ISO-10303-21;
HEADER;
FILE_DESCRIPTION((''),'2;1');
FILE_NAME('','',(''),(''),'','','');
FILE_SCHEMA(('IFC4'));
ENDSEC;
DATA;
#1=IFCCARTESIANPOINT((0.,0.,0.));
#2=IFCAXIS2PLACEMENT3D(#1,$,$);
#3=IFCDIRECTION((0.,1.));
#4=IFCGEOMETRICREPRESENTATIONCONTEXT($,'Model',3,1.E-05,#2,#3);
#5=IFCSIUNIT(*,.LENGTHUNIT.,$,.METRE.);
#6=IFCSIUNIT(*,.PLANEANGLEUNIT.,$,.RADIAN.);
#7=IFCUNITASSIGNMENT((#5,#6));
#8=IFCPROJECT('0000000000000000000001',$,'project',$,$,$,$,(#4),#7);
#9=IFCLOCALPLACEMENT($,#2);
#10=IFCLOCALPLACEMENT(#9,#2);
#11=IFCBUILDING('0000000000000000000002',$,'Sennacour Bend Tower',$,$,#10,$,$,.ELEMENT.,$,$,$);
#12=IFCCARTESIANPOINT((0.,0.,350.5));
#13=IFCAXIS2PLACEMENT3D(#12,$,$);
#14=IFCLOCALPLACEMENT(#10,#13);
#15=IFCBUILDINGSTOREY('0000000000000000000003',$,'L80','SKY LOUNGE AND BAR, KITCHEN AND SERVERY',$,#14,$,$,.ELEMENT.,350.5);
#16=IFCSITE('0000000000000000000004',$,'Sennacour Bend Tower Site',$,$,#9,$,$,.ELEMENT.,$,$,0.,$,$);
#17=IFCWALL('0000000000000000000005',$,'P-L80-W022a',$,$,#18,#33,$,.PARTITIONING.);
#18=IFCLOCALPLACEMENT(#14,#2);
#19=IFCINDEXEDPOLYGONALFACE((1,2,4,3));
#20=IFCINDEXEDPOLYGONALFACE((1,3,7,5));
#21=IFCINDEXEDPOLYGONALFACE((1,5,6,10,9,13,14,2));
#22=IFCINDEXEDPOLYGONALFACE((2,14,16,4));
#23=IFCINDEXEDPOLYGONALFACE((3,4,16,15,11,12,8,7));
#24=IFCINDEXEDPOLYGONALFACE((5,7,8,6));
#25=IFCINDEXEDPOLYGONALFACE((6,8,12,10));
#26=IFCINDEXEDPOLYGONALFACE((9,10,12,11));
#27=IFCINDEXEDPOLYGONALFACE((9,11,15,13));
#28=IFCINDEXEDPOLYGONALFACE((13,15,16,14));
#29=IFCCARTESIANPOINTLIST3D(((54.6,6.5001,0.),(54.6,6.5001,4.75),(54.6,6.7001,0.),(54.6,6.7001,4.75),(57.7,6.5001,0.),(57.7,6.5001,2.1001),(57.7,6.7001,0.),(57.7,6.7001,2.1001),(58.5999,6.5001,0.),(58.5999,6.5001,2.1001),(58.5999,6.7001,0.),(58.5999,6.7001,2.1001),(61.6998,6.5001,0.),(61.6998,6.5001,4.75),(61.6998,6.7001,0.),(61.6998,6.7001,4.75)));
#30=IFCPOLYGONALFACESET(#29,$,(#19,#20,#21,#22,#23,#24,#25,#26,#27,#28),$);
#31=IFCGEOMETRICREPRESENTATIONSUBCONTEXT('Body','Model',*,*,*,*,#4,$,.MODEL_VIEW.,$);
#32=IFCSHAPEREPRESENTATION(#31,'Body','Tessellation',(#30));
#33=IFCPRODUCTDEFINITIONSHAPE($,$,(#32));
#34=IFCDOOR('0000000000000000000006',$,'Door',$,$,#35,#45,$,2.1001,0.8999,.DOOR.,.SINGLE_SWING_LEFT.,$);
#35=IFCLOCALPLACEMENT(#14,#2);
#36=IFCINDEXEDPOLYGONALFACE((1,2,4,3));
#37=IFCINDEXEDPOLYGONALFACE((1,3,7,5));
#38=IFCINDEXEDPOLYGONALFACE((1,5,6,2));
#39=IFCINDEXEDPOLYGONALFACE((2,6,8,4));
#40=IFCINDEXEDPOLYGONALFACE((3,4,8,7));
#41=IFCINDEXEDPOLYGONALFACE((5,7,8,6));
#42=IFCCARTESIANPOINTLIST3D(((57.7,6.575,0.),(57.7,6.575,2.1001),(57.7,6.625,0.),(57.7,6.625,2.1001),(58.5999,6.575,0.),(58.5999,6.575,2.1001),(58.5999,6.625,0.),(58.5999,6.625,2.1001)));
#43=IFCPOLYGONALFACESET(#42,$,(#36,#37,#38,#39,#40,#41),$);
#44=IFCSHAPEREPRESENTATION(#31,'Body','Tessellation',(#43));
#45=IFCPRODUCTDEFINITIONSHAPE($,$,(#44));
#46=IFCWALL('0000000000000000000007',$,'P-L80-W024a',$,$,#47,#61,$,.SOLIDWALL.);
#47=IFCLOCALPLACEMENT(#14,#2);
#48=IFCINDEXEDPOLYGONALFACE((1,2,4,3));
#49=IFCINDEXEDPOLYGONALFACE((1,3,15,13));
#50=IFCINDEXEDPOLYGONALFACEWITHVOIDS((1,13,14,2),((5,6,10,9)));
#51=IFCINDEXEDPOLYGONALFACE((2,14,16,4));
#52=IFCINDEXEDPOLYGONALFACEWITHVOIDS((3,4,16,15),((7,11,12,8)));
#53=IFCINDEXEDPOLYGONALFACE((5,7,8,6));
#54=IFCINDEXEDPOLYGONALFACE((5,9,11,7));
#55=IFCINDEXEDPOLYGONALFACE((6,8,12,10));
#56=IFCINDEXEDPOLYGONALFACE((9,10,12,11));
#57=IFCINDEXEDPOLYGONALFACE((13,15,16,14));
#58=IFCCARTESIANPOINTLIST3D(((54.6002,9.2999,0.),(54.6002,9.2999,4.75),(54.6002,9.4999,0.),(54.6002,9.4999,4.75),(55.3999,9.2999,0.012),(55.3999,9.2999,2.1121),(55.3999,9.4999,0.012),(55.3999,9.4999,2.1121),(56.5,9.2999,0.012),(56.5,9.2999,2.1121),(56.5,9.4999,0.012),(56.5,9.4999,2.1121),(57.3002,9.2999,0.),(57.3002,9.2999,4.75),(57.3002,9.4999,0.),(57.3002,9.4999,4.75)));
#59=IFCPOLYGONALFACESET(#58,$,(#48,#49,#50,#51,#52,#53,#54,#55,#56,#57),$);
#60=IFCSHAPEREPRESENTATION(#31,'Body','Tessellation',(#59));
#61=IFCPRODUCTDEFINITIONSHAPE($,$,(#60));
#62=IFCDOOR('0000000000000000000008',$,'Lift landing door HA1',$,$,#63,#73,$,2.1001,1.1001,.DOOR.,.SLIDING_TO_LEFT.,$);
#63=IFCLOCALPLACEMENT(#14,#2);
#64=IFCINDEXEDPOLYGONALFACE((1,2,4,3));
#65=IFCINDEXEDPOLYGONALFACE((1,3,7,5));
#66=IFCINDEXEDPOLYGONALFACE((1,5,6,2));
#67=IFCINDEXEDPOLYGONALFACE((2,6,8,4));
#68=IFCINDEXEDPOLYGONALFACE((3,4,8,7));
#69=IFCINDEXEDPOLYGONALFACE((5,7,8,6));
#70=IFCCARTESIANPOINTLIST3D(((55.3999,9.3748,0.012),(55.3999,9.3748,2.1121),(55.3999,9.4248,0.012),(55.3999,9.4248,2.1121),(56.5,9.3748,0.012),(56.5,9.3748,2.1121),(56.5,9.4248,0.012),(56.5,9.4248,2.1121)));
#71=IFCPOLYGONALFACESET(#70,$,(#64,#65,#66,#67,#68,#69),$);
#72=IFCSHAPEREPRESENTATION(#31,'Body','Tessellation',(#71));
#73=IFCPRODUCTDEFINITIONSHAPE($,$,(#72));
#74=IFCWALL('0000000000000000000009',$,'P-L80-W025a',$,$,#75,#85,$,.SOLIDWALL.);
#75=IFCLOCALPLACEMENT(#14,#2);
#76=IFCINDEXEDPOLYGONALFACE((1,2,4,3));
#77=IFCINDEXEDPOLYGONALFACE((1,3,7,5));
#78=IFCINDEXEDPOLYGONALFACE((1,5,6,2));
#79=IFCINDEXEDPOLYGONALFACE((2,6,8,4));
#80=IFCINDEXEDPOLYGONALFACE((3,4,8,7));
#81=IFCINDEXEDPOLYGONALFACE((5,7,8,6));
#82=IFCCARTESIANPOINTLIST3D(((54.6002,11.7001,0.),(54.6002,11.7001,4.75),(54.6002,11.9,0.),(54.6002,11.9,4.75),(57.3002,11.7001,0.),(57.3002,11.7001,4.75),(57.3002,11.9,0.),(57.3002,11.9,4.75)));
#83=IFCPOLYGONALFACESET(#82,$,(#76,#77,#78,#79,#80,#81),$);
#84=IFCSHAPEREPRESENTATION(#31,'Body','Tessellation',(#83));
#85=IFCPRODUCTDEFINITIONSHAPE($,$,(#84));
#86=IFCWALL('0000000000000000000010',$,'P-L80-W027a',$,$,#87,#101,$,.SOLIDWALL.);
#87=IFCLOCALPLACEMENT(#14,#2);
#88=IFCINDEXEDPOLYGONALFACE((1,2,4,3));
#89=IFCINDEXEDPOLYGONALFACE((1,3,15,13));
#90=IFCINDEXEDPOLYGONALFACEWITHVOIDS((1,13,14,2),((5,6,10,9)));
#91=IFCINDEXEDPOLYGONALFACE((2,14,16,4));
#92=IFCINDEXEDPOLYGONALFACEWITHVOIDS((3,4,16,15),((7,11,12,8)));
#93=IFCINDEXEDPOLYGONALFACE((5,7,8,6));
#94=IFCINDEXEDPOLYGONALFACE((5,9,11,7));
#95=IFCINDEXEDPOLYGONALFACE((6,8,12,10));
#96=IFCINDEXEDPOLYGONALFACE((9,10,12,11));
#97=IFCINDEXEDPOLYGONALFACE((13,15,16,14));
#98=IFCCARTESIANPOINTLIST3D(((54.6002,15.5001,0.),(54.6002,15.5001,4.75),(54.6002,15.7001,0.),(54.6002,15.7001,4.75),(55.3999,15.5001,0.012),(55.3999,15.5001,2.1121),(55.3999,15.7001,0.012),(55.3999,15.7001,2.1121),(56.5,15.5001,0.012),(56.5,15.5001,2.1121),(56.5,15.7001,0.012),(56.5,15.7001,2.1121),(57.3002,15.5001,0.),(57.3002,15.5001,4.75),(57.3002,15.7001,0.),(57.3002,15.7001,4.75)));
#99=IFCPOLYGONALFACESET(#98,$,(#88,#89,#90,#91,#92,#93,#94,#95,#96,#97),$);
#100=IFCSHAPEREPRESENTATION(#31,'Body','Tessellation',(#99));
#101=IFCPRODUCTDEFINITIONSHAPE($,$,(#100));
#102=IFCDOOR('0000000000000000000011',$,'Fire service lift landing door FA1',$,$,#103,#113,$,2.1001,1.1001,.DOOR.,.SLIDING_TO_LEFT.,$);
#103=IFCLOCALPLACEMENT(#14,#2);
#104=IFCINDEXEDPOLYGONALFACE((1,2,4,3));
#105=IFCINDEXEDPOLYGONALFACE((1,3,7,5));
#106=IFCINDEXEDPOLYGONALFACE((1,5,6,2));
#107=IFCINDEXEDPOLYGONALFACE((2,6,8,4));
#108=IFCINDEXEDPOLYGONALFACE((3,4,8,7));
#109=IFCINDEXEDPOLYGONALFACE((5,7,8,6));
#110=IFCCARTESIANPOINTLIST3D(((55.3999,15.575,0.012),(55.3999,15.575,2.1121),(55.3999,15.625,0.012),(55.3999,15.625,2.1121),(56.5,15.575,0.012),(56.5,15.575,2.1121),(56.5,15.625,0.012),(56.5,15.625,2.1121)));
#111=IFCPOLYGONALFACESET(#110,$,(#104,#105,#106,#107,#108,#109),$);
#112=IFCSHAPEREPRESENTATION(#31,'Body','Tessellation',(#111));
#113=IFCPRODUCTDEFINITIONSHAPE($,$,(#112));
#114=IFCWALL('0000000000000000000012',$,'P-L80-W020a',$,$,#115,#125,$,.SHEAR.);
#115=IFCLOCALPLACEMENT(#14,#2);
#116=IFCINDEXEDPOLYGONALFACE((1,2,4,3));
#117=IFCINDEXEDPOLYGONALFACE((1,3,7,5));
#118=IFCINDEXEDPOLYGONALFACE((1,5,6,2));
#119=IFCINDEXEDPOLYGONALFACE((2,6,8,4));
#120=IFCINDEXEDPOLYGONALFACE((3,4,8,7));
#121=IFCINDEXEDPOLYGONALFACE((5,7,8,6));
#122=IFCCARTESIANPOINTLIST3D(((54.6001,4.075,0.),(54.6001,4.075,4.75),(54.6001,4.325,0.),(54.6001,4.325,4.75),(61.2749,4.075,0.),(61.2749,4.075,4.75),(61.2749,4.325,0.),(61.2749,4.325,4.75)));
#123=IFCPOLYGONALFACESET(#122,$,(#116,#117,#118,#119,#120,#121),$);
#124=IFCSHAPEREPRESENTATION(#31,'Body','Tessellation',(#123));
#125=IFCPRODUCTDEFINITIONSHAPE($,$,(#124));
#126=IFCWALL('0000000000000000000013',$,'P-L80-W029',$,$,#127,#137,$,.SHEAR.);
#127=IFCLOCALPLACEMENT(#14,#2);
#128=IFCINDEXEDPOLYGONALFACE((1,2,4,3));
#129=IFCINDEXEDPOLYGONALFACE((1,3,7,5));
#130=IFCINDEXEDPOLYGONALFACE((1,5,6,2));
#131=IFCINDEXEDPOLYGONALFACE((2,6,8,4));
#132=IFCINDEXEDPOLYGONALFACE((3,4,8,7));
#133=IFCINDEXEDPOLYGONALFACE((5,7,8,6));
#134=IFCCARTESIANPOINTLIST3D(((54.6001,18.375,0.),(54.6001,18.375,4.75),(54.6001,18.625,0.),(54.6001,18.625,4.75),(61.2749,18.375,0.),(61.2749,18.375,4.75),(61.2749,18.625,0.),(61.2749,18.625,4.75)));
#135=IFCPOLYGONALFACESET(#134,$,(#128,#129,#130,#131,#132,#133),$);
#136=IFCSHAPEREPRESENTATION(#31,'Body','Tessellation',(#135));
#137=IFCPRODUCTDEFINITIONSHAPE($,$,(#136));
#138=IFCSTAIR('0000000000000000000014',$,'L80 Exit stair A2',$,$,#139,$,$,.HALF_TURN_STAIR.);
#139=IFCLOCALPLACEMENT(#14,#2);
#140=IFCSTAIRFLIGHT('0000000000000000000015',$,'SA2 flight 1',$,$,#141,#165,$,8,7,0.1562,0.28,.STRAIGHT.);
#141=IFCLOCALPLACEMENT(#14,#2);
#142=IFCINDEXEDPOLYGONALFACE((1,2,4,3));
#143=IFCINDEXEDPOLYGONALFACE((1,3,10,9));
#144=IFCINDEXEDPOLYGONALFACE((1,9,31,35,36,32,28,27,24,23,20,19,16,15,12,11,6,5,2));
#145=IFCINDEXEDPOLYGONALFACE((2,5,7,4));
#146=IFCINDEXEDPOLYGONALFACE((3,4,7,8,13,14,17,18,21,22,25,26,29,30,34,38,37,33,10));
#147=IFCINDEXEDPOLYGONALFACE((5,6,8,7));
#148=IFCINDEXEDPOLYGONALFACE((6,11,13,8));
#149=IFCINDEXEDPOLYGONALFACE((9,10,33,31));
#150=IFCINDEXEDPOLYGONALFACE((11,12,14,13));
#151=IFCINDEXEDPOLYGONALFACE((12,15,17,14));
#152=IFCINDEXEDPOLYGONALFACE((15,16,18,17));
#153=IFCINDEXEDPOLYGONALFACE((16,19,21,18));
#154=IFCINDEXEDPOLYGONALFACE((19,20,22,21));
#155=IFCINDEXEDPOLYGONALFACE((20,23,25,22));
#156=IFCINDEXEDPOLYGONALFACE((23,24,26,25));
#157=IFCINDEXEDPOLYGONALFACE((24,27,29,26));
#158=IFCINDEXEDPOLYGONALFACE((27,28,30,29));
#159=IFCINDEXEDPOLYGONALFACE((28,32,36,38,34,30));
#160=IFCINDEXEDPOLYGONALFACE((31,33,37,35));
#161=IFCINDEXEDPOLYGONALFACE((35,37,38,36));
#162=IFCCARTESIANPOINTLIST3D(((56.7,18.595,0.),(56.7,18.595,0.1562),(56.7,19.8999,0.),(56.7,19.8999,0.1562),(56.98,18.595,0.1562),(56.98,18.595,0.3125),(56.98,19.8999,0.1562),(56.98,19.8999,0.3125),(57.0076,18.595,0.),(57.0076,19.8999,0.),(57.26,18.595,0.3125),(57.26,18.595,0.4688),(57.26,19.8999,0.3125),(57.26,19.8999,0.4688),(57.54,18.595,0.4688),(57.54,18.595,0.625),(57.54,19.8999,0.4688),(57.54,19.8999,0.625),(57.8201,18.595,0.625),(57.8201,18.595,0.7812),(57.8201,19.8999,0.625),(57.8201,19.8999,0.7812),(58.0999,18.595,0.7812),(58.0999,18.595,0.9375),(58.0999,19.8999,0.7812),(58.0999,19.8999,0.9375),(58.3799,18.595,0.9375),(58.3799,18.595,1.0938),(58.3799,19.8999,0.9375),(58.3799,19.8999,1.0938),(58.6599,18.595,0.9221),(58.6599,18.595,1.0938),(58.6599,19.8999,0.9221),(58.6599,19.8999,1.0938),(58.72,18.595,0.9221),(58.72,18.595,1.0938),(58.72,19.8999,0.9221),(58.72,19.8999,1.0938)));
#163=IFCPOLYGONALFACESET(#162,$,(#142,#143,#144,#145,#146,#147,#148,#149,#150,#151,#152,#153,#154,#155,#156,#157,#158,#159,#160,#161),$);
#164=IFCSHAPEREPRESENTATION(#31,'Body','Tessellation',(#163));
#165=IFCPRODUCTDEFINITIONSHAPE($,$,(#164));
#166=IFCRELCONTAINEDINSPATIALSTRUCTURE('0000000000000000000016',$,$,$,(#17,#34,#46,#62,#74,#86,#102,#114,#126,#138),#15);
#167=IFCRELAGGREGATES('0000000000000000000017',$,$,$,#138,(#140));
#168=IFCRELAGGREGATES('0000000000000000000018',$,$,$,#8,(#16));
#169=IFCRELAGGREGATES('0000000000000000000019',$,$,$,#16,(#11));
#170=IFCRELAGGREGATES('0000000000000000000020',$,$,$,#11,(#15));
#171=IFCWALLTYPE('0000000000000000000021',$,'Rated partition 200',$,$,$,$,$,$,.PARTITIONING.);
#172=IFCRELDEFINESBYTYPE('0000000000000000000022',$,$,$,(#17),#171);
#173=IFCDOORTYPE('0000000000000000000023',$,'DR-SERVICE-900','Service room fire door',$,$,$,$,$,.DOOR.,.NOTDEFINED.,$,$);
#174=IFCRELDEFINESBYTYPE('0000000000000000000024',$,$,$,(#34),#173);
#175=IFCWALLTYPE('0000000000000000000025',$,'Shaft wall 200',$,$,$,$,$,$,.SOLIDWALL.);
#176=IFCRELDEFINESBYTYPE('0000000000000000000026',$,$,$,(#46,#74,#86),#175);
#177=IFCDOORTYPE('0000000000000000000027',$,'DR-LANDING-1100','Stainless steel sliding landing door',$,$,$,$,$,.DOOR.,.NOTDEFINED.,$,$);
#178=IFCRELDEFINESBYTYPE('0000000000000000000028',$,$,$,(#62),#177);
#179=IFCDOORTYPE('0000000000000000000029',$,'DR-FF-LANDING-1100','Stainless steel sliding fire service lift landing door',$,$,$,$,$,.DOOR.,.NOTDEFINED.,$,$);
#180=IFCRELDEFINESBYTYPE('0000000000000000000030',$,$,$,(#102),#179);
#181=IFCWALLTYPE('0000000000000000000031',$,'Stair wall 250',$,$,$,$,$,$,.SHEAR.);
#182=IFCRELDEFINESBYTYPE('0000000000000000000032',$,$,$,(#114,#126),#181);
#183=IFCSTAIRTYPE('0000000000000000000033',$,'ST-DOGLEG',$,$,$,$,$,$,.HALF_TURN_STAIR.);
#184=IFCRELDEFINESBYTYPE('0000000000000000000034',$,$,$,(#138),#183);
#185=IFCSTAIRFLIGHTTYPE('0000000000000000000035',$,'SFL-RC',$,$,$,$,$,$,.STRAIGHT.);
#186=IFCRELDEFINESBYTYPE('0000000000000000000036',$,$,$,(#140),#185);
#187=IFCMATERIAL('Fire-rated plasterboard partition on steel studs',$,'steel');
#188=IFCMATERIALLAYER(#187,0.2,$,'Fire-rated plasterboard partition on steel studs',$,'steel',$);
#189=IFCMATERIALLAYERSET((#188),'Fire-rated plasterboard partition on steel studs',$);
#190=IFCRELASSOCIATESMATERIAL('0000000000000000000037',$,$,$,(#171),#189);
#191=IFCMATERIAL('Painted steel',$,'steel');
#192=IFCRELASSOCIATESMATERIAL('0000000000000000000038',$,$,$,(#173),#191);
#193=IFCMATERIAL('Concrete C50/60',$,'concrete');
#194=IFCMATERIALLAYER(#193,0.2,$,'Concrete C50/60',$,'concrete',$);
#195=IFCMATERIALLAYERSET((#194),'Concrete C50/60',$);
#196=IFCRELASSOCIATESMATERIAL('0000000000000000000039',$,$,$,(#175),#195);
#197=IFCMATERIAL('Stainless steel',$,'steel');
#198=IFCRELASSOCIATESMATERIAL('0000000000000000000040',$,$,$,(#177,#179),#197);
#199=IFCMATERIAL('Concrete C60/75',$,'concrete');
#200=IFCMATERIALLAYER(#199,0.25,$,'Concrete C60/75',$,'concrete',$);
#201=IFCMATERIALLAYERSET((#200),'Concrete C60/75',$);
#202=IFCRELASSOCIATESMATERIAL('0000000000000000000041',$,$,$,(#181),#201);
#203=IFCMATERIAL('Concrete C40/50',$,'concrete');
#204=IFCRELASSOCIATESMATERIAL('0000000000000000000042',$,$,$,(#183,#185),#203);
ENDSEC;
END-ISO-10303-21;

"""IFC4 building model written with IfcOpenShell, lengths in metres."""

from ifc_helpers import new_model, si_unit, direction, frame, frame_2d, origin, place, context, subcontext, project, spatial, polyline, rectangle, outline, extrude, material, layer, layer_set, type_object, element, fill, aggregate, save


model = new_model("IFC4")

# Units and contexts
model_context = context("Model", 3, precision=1e-05, world=origin(), true_north=direction((0.0, 1.0)))
body_context = subcontext(model_context, "Body", "Model", "MODEL_VIEW")
ifc_project = project(units=[si_unit("LENGTHUNIT", "METRE"), si_unit("PLANEANGLEUNIT", "RADIAN")], contexts=[model_context])

# Site, building, storey
site_placement = place(None, origin())
site = spatial("IfcSite", under=ifc_project, at=site_placement, Name="Sennacour Bend Tower Site", CompositionType="ELEMENT", RefElevation=0.0)
building_placement = place(site_placement, origin())
building = spatial("IfcBuilding", under=site, at=building_placement, Name="Sennacour Bend Tower", CompositionType="ELEMENT")
storey_placement = place(building_placement, frame((0.0, 0.0, 350.5)))
storey = spatial("IfcBuildingStorey", under=building, at=storey_placement, Name="L80", Description="SKY LOUNGE AND BAR, KITCHEN AND SERVERY", CompositionType="ELEMENT", Elevation=350.5)

# Walls, openings, doors
ifc_material_1 = material(Name="Fire-rated plasterboard partition on steel studs", Category="steel")
ifc_layer_1 = layer(ifc_material_1, 0.2, Name="Fire-rated plasterboard partition on steel studs", Category="steel")
ifc_layer_set_1 = layer_set([ifc_layer_1], Name="Fire-rated plasterboard partition on steel studs")
wall_type_1 = type_object("IfcWallType", Name="Rated partition 200", PredefinedType="PARTITIONING", material=ifc_layer_set_1)
wall_1_placement = place(storey_placement, frame((54.6001, 6.6001, 0.0), z_axis=(0.0, 0.0, 1.0), x_axis=(1.0, 0.0, 0.0)))
wall_1 = element("IfcWall", 1, at=wall_1_placement, inside=storey, type_object=wall_type_1, Name="P-L80-W022a", PredefinedType="PARTITIONING", context=body_context, shape_type="SweptSolid", body=[
    extrude(rectangle(XDim=7.0999, YDim=0.2, at=frame_2d((3.5498, 0.0))), origin(), (0.0, 0.0, 1.0), 4.75),
])
opening_1_placement = place(wall_1_placement, frame((3.0999, 0.0, 0.0)))
opening_1 = element("IfcOpeningElement", 2, at=opening_1_placement, cuts=wall_1, PredefinedType="OPENING", context=body_context, shape_type="SweptSolid", body=[
    extrude(rectangle(XDim=0.8999, YDim=2.1001, at=frame_2d((0.45, 1.05))), frame((0.0, 0.1099, 0.0), z_axis=(0.0, -1.0, 0.0), x_axis=(1.0, 0.0, 0.0)), (0.0, 0.0, 1.0), 0.22),
])
ifc_material_2 = material(Name="Painted steel", Category="steel")
door_type_1 = type_object("IfcDoorType", Name="DR-SERVICE-900", Description="Service room fire door", OperationType="NOTDEFINED", PredefinedType="DOOR", material=ifc_material_2)
door_1_placement = place(opening_1_placement, origin())
door_1 = element("IfcDoor", 3, at=door_1_placement, inside=storey, type_object=door_type_1, Name="Door", OperationType="SINGLE_SWING_LEFT", OverallHeight=2.1001, OverallWidth=0.8999, PredefinedType="DOOR", context=body_context, shape_type="SweptSolid", body=[
    extrude(rectangle(XDim=0.8999, YDim=2.1001, at=frame_2d((0.45, 1.05))), frame((0.0, 0.0249, 0.0), z_axis=(0.0, -1.0, 0.0), x_axis=(1.0, 0.0, 0.0)), (0.0, 0.0, 1.0), 0.05),
])
fill(opening_1, door_1)
ifc_material_3 = material(Name="Concrete C50/60", Category="concrete")
ifc_layer_2 = layer(ifc_material_3, 0.2, Name="Concrete C50/60", Category="concrete")
ifc_layer_set_2 = layer_set([ifc_layer_2], Name="Concrete C50/60")
wall_type_2 = type_object("IfcWallType", Name="Shaft wall 200", PredefinedType="SOLIDWALL", material=ifc_layer_set_2)
wall_2_placement = place(storey_placement, frame((54.6001, 9.3999, 0.0), z_axis=(0.0, 0.0, 1.0), x_axis=(1.0, 0.0, 0.0)))
wall_2 = element("IfcWall", 4, at=wall_2_placement, inside=storey, type_object=wall_type_2, Name="P-L80-W024a", PredefinedType="SOLIDWALL", context=body_context, shape_type="SweptSolid", body=[
    extrude(rectangle(XDim=2.7, YDim=0.2, at=frame_2d((1.3501, 0.0))), origin(), (0.0, 0.0, 1.0), 4.75),
])
opening_2_placement = place(wall_2_placement, frame((0.7998, 0.0, 0.012)))
opening_2 = element("IfcOpeningElement", 5, at=opening_2_placement, cuts=wall_2, PredefinedType="OPENING", context=body_context, shape_type="SweptSolid", body=[
    extrude(rectangle(XDim=1.1001, YDim=2.1001, at=frame_2d((0.55, 1.05))), frame((0.0, 0.1099, 0.0), z_axis=(0.0, -1.0, 0.0), x_axis=(1.0, 0.0, 0.0)), (0.0, 0.0, 1.0), 0.22),
])
ifc_material_4 = material(Name="Stainless steel", Category="steel")
door_type_2 = type_object("IfcDoorType", Name="DR-LANDING-1100", Description="Stainless steel sliding landing door", OperationType="NOTDEFINED", PredefinedType="DOOR", material=ifc_material_4)
door_2_placement = place(opening_2_placement, origin())
door_2 = element("IfcDoor", 6, at=door_2_placement, inside=storey, type_object=door_type_2, Name="Lift landing door HA1", OperationType="SLIDING_TO_LEFT", OverallHeight=2.1001, OverallWidth=1.1001, PredefinedType="DOOR", context=body_context, shape_type="SweptSolid", body=[
    extrude(rectangle(XDim=1.1001, YDim=2.1001, at=frame_2d((0.55, 1.05))), frame((0.0, 0.0249, 0.0), z_axis=(0.0, -1.0, 0.0), x_axis=(1.0, 0.0, 0.0)), (0.0, 0.0, 1.0), 0.05),
])
fill(opening_2, door_2)

# Wall
wall_3_placement = place(storey_placement, frame((54.6001, 11.8, 0.0), z_axis=(0.0, 0.0, 1.0), x_axis=(1.0, 0.0, 0.0)))
element("IfcWall", 7, at=wall_3_placement, inside=storey, type_object=wall_type_2, Name="P-L80-W025a", PredefinedType="SOLIDWALL", context=body_context, shape_type="SweptSolid", body=[
    extrude(rectangle(XDim=2.7, YDim=0.2, at=frame_2d((1.3501, 0.0))), origin(), (0.0, 0.0, 1.0), 4.75),
])

# Wall, opening, door
wall_4_placement = place(storey_placement, frame((54.6001, 15.6001, 0.0), z_axis=(0.0, 0.0, 1.0), x_axis=(1.0, 0.0, 0.0)))
wall_4 = element("IfcWall", 8, at=wall_4_placement, inside=storey, type_object=wall_type_2, Name="P-L80-W027a", PredefinedType="SOLIDWALL", context=body_context, shape_type="SweptSolid", body=[
    extrude(rectangle(XDim=2.7, YDim=0.2, at=frame_2d((1.3501, 0.0))), origin(), (0.0, 0.0, 1.0), 4.75),
])
opening_3_placement = place(wall_4_placement, frame((0.7998, 0.0, 0.012)))
opening_3 = element("IfcOpeningElement", 9, at=opening_3_placement, cuts=wall_4, PredefinedType="OPENING", context=body_context, shape_type="SweptSolid", body=[
    extrude(rectangle(XDim=1.1001, YDim=2.1001, at=frame_2d((0.55, 1.05))), frame((0.0, 0.1099, 0.0), z_axis=(0.0, -1.0, 0.0), x_axis=(1.0, 0.0, 0.0)), (0.0, 0.0, 1.0), 0.22),
])
door_type_3 = type_object("IfcDoorType", Name="DR-FF-LANDING-1100", Description="Stainless steel sliding fire service lift landing door", OperationType="NOTDEFINED", PredefinedType="DOOR", material=ifc_material_4)
door_3_placement = place(opening_3_placement, origin())
door_3 = element("IfcDoor", 10, at=door_3_placement, inside=storey, type_object=door_type_3, Name="Fire service lift landing door FA1", OperationType="SLIDING_TO_LEFT", OverallHeight=2.1001, OverallWidth=1.1001, PredefinedType="DOOR", context=body_context, shape_type="SweptSolid", body=[
    extrude(rectangle(XDim=1.1001, YDim=2.1001, at=frame_2d((0.55, 1.05))), frame((0.0, 0.0249, 0.0), z_axis=(0.0, -1.0, 0.0), x_axis=(1.0, 0.0, 0.0)), (0.0, 0.0, 1.0), 0.05),
])
fill(opening_3, door_3)

# Walls
ifc_material_5 = material(Name="Concrete C60/75", Category="concrete")
ifc_layer_3 = layer(ifc_material_5, 0.25, Name="Concrete C60/75", Category="concrete")
ifc_layer_set_3 = layer_set([ifc_layer_3], Name="Concrete C60/75")
wall_type_3 = type_object("IfcWallType", Name="Stair wall 250", PredefinedType="SHEAR", material=ifc_layer_set_3)
for number, where, z_axis, x_axis, name in (
    (11, (54.6001, 4.2, 0.0), (0.0, 0.0, 1.0), (1.0, 0.0, 0.0), "P-L80-W020a"),
    (12, (54.6001, 18.5, 0.0), (0.0, 0.0, 1.0), (1.0, 0.0, 0.0), "P-L80-W029"),
):
    element("IfcWall", number, at=place(storey_placement, frame(where, z_axis=z_axis, x_axis=x_axis)), inside=storey, type_object=wall_type_3, Name=name, PredefinedType="SHEAR", context=body_context, shape_type="SweptSolid", body=[
        extrude(rectangle(XDim=6.6748, YDim=0.25, at=frame_2d((3.3374, 0.0))), origin(), (0.0, 0.0, 1.0), 4.75),
    ])

# Stair, stair flight
ifc_material_6 = material(Name="Concrete C40/50", Category="concrete")
stair_type = type_object("IfcStairType", Name="ST-DOGLEG", PredefinedType="HALF_TURN_STAIR", material=ifc_material_6)
stair_placement = place(storey_placement, origin())
stair = element("IfcStair", 13, at=stair_placement, inside=storey, type_object=stair_type, Name="L80 Exit stair A2", PredefinedType="HALF_TURN_STAIR")
stair_flight_type = type_object("IfcStairFlightType", Name="SFL-RC", PredefinedType="STRAIGHT", material=ifc_material_6)
stair_flight_placement = place(storey_placement, frame((56.7, 19.2476, 0.0), z_axis=(0.0, 0.0, 1.0), x_axis=(1.0, 0.0, 0.0)))
stair_flight = element("IfcStairFlight", 14, at=stair_flight_placement, type_object=stair_flight_type, Name="SA2 flight 1", NumberOfRisers=8, NumberOfTreads=7, PredefinedType="STRAIGHT", RiserHeight=0.1562, TreadLength=0.28, context=body_context, shape_type="SweptSolid", body=[
    extrude(outline(polyline([(0.0, 0.0), (0.0, 0.1562), (0.28, 0.1562), (0.28, 0.3125), (0.5601, 0.3125), (0.5601, 0.4688), (0.8401, 0.4688), (0.8401, 0.625), (1.1201, 0.625), (1.1201, 0.7812), (1.3999, 0.7812), (1.3999, 0.9375), (1.6799, 0.9375), (1.6799, 1.0938), (1.96, 1.0938), (2.02, 1.0938), (2.02, 0.9221), (1.96, 0.9221), (0.3076, 0.0), (0.0, 0.0)])), frame((0.0, 0.6523, 0.0), z_axis=(0.0, -1.0, 0.0), x_axis=(1.0, 0.0, 0.0)), (0.0, 0.0, 1.0), 1.3049),
])
aggregate(stair, [stair_flight])

save(model, "model.ifc")
